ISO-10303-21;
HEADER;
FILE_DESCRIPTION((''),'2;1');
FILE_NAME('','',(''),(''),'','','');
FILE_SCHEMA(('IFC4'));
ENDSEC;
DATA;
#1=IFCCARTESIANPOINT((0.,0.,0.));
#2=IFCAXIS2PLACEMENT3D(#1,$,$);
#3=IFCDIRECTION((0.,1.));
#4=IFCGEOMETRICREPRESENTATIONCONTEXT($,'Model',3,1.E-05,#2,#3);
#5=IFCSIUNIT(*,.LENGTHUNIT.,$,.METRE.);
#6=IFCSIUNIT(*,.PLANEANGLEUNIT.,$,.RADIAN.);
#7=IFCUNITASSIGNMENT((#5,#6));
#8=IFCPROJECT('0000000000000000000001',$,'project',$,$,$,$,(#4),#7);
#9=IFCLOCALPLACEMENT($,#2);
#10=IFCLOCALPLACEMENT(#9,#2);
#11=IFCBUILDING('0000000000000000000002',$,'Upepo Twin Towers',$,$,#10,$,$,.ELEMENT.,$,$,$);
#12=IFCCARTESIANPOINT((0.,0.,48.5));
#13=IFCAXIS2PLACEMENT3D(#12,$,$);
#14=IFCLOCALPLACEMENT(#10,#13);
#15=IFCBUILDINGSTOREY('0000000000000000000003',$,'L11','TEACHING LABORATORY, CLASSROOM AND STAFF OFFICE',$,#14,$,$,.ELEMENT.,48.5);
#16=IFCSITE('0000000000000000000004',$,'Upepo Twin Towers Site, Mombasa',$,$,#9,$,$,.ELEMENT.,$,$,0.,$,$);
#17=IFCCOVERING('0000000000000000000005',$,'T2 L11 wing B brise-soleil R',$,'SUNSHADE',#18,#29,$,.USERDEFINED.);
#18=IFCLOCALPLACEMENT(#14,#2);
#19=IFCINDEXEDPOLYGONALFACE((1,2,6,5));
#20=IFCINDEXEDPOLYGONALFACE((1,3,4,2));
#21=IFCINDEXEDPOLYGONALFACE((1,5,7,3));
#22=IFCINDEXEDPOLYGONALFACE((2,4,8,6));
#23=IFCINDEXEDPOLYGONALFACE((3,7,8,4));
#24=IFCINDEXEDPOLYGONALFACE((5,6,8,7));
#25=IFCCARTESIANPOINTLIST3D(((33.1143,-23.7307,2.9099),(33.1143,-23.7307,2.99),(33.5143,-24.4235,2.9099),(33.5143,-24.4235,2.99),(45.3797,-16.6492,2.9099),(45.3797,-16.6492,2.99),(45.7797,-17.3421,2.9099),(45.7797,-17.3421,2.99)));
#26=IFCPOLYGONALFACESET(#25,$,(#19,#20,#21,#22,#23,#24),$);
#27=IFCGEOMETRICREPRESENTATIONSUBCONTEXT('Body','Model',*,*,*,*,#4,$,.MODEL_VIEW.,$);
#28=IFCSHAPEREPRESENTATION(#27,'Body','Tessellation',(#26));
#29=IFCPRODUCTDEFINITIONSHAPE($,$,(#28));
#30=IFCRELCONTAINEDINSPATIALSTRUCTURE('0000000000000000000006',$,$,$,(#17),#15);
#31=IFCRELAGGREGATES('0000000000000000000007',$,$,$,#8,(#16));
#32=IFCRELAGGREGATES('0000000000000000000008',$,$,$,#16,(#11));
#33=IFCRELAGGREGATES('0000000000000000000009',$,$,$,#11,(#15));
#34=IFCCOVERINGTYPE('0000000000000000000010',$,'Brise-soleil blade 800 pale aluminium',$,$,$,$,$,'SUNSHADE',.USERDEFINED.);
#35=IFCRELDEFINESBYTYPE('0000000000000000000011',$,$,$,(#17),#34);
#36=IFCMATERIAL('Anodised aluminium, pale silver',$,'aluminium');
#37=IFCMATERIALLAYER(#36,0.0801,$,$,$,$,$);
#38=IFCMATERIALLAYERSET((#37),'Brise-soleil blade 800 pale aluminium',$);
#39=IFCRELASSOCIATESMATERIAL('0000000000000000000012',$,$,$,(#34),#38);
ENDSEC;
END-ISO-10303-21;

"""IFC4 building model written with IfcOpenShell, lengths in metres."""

from ifc_helpers import new_model, si_unit, direction, frame, origin, origin_2d, place, context, subcontext, project, spatial, rectangle, extrude, material, layer, layer_set, type_object, element, save


model = new_model("IFC4")

# Units and contexts
model_context = context("Model", 3, precision=1e-05, world=origin(), true_north=direction((0.0, 1.0)))
body_context = subcontext(model_context, "Body", "Model", "MODEL_VIEW")
ifc_project = project(units=[si_unit("LENGTHUNIT", "METRE"), si_unit("PLANEANGLEUNIT", "RADIAN")], contexts=[model_context])

# Site, building, storey
site_placement = place(None, origin())
site = spatial("IfcSite", under=ifc_project, at=site_placement, Name="Upepo Twin Towers Site, Mombasa", CompositionType="ELEMENT", RefElevation=0.0)
building_placement = place(site_placement, origin())
building = spatial("IfcBuilding", under=site, at=building_placement, Name="Upepo Twin Towers", CompositionType="ELEMENT")
storey_placement = place(building_placement, frame((0.0, 0.0, 48.5)))
storey = spatial("IfcBuildingStorey", under=building, at=storey_placement, Name="L11", Description="TEACHING LABORATORY, CLASSROOM AND STAFF OFFICE", CompositionType="ELEMENT", Elevation=48.5)

# Covering
ifc_material_1 = material(Name="Anodised aluminium, pale silver", Category="aluminium")
ifc_layer_1 = layer(ifc_material_1, 0.0801)
ifc_layer_set_1 = layer_set([ifc_layer_1], Name="Brise-soleil blade 800 pale aluminium")
covering_type = type_object("IfcCoveringType", Name="Brise-soleil blade 800 pale aluminium", ElementType="SUNSHADE", PredefinedType="USERDEFINED", material=ifc_layer_set_1)
covering_placement = place(storey_placement, frame((39.447, -20.5364, 2.9099), z_axis=(0.0, 0.0, 1.0), x_axis=(-0.866025, -0.5, 0.0)))
element("IfcCovering", 1, at=covering_placement, inside=storey, type_object=covering_type, Name="T2 L11 wing B brise-soleil R", ObjectType="SUNSHADE", PredefinedType="USERDEFINED", context=body_context, shape_type="SweptSolid", body=[
    extrude(rectangle(XDim=14.1628, YDim=0.8, at=origin_2d()), origin(), (0.0, 0.0, 1.0), 0.0801),
])

save(model, "model.ifc")
